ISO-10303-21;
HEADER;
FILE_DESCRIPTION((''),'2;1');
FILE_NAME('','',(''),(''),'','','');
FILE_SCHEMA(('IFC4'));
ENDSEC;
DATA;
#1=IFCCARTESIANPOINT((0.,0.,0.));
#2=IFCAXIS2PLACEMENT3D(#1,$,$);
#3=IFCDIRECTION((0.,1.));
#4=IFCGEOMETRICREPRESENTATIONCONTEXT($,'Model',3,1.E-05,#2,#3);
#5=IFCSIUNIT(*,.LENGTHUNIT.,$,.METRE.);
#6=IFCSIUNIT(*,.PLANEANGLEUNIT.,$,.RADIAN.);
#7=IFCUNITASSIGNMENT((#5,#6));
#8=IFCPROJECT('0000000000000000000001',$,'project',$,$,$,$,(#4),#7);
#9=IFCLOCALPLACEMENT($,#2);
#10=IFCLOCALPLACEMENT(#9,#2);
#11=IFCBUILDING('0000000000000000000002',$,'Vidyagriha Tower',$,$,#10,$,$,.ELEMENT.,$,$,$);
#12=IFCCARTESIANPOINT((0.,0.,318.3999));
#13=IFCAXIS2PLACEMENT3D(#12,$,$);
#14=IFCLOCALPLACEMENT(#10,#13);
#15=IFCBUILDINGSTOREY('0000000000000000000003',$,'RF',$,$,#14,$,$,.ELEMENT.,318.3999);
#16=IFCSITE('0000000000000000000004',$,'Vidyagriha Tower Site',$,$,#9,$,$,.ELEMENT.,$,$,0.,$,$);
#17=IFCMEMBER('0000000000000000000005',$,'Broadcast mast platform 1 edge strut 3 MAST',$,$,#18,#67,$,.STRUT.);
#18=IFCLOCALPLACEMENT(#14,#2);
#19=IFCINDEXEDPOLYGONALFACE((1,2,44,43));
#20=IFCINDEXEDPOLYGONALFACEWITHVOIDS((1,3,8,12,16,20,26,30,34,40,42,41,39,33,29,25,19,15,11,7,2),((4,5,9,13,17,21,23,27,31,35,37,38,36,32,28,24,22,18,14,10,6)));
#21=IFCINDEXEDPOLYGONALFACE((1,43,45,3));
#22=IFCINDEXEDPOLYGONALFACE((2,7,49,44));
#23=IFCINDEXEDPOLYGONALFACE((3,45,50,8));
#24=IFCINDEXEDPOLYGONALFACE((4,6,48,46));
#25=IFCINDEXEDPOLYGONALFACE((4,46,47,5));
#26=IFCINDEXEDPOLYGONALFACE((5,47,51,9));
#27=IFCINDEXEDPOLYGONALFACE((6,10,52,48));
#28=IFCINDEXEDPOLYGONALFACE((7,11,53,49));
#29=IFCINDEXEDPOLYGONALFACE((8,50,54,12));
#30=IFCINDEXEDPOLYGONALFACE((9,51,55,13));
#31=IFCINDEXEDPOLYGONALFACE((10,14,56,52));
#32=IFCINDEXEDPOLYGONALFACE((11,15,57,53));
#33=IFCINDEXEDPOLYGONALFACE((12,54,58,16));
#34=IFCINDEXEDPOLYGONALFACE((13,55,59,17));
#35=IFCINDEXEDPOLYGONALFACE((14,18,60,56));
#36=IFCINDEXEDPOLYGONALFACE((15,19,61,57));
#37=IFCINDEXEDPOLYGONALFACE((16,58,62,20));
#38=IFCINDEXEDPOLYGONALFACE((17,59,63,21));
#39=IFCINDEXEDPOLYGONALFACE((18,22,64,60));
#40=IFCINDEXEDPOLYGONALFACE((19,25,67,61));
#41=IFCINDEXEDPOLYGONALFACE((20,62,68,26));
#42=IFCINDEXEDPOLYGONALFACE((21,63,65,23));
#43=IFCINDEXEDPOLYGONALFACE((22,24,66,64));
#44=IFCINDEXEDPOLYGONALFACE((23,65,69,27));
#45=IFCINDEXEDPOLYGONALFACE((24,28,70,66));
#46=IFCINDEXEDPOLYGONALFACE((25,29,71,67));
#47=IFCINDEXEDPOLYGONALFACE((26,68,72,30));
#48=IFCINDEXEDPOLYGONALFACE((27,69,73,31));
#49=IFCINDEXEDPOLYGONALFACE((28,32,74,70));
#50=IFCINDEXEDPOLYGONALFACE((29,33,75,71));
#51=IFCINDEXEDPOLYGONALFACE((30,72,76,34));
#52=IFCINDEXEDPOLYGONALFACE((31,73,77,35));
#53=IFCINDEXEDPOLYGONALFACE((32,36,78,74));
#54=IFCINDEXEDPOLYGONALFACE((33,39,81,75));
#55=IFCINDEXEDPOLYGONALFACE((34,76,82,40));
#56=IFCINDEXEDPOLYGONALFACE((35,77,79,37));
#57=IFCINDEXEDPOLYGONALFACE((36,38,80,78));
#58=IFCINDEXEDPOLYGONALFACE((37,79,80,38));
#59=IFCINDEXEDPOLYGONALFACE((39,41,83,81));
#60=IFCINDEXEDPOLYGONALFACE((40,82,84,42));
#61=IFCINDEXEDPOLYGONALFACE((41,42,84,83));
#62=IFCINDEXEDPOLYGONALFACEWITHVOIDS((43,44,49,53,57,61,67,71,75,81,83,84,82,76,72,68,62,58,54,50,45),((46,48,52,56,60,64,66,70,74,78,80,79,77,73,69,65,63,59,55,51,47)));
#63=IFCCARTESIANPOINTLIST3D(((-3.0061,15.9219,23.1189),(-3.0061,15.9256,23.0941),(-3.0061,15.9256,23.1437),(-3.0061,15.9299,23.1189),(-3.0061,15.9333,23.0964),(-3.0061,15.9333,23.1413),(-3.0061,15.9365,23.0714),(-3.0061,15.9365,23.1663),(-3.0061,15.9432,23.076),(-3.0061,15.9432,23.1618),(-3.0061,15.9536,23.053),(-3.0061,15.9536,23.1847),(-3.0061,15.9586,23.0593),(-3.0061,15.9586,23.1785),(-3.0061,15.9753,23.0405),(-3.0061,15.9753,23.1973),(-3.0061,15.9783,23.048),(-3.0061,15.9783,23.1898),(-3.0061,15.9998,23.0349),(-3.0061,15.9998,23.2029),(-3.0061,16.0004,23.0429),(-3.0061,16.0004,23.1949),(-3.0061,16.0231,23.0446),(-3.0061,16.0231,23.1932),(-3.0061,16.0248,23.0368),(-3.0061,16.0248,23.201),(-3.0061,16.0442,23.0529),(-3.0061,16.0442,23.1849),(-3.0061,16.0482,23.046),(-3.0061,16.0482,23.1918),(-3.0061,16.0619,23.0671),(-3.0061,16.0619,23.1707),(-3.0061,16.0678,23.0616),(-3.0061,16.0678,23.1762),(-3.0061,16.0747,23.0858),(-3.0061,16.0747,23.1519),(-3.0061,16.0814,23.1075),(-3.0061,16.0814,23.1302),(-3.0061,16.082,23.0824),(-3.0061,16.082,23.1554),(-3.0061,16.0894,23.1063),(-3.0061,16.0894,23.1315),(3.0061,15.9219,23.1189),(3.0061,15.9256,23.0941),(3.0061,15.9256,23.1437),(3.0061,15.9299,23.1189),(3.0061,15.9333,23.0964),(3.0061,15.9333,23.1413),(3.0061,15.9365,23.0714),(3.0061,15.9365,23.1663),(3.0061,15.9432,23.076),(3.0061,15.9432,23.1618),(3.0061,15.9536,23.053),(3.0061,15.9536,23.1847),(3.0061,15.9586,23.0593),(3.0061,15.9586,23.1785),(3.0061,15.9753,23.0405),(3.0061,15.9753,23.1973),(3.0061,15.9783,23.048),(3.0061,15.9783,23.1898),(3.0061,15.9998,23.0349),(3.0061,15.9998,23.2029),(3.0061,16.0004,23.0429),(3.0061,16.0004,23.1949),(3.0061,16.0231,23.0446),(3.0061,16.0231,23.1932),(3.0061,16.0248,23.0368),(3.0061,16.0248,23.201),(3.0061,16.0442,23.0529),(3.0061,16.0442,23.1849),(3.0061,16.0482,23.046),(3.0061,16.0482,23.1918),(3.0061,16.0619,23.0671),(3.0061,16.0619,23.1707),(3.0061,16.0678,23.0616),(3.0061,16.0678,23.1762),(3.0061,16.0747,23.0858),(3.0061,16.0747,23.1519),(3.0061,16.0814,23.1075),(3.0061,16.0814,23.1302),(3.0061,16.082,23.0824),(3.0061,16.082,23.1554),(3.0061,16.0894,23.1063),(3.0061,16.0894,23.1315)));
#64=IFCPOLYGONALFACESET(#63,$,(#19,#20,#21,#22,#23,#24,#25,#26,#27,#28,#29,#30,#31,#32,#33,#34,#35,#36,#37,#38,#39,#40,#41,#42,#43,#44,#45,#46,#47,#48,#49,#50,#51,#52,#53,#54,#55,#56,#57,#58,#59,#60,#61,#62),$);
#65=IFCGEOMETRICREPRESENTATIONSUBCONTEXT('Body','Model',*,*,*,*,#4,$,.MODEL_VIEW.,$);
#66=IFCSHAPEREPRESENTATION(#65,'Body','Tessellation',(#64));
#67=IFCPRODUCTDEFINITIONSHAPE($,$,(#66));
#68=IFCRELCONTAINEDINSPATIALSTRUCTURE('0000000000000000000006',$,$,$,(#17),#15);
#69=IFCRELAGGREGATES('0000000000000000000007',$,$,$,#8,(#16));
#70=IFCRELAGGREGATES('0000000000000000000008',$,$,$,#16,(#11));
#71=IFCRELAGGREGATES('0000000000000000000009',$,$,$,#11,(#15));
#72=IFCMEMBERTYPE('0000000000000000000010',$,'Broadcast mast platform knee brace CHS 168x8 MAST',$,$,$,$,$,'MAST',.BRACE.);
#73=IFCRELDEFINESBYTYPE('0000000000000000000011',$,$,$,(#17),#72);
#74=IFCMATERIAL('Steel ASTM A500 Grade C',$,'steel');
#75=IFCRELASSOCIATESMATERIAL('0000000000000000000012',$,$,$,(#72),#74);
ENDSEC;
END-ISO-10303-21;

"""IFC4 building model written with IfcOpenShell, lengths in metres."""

from ifc_helpers import new_model, si_unit, direction, frame, origin, origin_2d, place, context, subcontext, project, spatial, hollow_circle, extrude, material, material_profile, profile_set, type_object, element, save


model = new_model("IFC4")

# Units and contexts
model_context = context("Model", 3, precision=1e-05, world=origin(), true_north=direction((0.0, 1.0)))
body_context = subcontext(model_context, "Body", "Model", "MODEL_VIEW")
ifc_project = project(units=[si_unit("LENGTHUNIT", "METRE"), si_unit("PLANEANGLEUNIT", "RADIAN")], contexts=[model_context])

# Site, building, storey
site_placement = place(None, origin())
site = spatial("IfcSite", under=ifc_project, at=site_placement, Name="Vidyagriha Tower Site", CompositionType="ELEMENT", RefElevation=0.0)
building_placement = place(site_placement, origin())
building = spatial("IfcBuilding", under=site, at=building_placement, Name="Vidyagriha Tower", CompositionType="ELEMENT")
storey_placement = place(building_placement, frame((0.0, 0.0, 318.3999)))
storey = spatial("IfcBuildingStorey", under=building, at=storey_placement, Name="RF", CompositionType="ELEMENT", Elevation=318.3999)

# Member
ifc_material_1 = material(Name="Steel ASTM A500 Grade C", Category="steel")
ifc_material_profile_1 = material_profile(ifc_material_1, hollow_circle(Radius=0.0842, WallThickness=0.0081, at=origin_2d()), Name="Broadcast mast platform knee brace CHS 168x8 MAST")
ifc_profile_set_1 = profile_set([ifc_material_profile_1], Name="Steel ASTM A500 Grade C")
member_type_1 = type_object("IfcMemberType", Name="Broadcast mast platform knee brace CHS 168x8 MAST", ElementType="MAST", PredefinedType="BRACE", material=ifc_profile_set_1)
member_1_placement = place(storey_placement, frame((3.0061, 16.0061, 23.1189), z_axis=(-1.0, 0.0, 0.0), x_axis=(0.0, -1.0, 0.0)))
element("IfcMember", 1, at=member_1_placement, inside=storey, type_object=member_type_1, Name="Broadcast mast platform 1 edge strut 3 MAST", PredefinedType="STRUT", context=body_context, shape_type="SweptSolid", body=[
    extrude(hollow_circle(Radius=0.0842, WallThickness=0.0081, at=origin_2d()), origin(), (0.0, 0.0, 1.0), 6.0122),
])

save(model, "model.ifc")
